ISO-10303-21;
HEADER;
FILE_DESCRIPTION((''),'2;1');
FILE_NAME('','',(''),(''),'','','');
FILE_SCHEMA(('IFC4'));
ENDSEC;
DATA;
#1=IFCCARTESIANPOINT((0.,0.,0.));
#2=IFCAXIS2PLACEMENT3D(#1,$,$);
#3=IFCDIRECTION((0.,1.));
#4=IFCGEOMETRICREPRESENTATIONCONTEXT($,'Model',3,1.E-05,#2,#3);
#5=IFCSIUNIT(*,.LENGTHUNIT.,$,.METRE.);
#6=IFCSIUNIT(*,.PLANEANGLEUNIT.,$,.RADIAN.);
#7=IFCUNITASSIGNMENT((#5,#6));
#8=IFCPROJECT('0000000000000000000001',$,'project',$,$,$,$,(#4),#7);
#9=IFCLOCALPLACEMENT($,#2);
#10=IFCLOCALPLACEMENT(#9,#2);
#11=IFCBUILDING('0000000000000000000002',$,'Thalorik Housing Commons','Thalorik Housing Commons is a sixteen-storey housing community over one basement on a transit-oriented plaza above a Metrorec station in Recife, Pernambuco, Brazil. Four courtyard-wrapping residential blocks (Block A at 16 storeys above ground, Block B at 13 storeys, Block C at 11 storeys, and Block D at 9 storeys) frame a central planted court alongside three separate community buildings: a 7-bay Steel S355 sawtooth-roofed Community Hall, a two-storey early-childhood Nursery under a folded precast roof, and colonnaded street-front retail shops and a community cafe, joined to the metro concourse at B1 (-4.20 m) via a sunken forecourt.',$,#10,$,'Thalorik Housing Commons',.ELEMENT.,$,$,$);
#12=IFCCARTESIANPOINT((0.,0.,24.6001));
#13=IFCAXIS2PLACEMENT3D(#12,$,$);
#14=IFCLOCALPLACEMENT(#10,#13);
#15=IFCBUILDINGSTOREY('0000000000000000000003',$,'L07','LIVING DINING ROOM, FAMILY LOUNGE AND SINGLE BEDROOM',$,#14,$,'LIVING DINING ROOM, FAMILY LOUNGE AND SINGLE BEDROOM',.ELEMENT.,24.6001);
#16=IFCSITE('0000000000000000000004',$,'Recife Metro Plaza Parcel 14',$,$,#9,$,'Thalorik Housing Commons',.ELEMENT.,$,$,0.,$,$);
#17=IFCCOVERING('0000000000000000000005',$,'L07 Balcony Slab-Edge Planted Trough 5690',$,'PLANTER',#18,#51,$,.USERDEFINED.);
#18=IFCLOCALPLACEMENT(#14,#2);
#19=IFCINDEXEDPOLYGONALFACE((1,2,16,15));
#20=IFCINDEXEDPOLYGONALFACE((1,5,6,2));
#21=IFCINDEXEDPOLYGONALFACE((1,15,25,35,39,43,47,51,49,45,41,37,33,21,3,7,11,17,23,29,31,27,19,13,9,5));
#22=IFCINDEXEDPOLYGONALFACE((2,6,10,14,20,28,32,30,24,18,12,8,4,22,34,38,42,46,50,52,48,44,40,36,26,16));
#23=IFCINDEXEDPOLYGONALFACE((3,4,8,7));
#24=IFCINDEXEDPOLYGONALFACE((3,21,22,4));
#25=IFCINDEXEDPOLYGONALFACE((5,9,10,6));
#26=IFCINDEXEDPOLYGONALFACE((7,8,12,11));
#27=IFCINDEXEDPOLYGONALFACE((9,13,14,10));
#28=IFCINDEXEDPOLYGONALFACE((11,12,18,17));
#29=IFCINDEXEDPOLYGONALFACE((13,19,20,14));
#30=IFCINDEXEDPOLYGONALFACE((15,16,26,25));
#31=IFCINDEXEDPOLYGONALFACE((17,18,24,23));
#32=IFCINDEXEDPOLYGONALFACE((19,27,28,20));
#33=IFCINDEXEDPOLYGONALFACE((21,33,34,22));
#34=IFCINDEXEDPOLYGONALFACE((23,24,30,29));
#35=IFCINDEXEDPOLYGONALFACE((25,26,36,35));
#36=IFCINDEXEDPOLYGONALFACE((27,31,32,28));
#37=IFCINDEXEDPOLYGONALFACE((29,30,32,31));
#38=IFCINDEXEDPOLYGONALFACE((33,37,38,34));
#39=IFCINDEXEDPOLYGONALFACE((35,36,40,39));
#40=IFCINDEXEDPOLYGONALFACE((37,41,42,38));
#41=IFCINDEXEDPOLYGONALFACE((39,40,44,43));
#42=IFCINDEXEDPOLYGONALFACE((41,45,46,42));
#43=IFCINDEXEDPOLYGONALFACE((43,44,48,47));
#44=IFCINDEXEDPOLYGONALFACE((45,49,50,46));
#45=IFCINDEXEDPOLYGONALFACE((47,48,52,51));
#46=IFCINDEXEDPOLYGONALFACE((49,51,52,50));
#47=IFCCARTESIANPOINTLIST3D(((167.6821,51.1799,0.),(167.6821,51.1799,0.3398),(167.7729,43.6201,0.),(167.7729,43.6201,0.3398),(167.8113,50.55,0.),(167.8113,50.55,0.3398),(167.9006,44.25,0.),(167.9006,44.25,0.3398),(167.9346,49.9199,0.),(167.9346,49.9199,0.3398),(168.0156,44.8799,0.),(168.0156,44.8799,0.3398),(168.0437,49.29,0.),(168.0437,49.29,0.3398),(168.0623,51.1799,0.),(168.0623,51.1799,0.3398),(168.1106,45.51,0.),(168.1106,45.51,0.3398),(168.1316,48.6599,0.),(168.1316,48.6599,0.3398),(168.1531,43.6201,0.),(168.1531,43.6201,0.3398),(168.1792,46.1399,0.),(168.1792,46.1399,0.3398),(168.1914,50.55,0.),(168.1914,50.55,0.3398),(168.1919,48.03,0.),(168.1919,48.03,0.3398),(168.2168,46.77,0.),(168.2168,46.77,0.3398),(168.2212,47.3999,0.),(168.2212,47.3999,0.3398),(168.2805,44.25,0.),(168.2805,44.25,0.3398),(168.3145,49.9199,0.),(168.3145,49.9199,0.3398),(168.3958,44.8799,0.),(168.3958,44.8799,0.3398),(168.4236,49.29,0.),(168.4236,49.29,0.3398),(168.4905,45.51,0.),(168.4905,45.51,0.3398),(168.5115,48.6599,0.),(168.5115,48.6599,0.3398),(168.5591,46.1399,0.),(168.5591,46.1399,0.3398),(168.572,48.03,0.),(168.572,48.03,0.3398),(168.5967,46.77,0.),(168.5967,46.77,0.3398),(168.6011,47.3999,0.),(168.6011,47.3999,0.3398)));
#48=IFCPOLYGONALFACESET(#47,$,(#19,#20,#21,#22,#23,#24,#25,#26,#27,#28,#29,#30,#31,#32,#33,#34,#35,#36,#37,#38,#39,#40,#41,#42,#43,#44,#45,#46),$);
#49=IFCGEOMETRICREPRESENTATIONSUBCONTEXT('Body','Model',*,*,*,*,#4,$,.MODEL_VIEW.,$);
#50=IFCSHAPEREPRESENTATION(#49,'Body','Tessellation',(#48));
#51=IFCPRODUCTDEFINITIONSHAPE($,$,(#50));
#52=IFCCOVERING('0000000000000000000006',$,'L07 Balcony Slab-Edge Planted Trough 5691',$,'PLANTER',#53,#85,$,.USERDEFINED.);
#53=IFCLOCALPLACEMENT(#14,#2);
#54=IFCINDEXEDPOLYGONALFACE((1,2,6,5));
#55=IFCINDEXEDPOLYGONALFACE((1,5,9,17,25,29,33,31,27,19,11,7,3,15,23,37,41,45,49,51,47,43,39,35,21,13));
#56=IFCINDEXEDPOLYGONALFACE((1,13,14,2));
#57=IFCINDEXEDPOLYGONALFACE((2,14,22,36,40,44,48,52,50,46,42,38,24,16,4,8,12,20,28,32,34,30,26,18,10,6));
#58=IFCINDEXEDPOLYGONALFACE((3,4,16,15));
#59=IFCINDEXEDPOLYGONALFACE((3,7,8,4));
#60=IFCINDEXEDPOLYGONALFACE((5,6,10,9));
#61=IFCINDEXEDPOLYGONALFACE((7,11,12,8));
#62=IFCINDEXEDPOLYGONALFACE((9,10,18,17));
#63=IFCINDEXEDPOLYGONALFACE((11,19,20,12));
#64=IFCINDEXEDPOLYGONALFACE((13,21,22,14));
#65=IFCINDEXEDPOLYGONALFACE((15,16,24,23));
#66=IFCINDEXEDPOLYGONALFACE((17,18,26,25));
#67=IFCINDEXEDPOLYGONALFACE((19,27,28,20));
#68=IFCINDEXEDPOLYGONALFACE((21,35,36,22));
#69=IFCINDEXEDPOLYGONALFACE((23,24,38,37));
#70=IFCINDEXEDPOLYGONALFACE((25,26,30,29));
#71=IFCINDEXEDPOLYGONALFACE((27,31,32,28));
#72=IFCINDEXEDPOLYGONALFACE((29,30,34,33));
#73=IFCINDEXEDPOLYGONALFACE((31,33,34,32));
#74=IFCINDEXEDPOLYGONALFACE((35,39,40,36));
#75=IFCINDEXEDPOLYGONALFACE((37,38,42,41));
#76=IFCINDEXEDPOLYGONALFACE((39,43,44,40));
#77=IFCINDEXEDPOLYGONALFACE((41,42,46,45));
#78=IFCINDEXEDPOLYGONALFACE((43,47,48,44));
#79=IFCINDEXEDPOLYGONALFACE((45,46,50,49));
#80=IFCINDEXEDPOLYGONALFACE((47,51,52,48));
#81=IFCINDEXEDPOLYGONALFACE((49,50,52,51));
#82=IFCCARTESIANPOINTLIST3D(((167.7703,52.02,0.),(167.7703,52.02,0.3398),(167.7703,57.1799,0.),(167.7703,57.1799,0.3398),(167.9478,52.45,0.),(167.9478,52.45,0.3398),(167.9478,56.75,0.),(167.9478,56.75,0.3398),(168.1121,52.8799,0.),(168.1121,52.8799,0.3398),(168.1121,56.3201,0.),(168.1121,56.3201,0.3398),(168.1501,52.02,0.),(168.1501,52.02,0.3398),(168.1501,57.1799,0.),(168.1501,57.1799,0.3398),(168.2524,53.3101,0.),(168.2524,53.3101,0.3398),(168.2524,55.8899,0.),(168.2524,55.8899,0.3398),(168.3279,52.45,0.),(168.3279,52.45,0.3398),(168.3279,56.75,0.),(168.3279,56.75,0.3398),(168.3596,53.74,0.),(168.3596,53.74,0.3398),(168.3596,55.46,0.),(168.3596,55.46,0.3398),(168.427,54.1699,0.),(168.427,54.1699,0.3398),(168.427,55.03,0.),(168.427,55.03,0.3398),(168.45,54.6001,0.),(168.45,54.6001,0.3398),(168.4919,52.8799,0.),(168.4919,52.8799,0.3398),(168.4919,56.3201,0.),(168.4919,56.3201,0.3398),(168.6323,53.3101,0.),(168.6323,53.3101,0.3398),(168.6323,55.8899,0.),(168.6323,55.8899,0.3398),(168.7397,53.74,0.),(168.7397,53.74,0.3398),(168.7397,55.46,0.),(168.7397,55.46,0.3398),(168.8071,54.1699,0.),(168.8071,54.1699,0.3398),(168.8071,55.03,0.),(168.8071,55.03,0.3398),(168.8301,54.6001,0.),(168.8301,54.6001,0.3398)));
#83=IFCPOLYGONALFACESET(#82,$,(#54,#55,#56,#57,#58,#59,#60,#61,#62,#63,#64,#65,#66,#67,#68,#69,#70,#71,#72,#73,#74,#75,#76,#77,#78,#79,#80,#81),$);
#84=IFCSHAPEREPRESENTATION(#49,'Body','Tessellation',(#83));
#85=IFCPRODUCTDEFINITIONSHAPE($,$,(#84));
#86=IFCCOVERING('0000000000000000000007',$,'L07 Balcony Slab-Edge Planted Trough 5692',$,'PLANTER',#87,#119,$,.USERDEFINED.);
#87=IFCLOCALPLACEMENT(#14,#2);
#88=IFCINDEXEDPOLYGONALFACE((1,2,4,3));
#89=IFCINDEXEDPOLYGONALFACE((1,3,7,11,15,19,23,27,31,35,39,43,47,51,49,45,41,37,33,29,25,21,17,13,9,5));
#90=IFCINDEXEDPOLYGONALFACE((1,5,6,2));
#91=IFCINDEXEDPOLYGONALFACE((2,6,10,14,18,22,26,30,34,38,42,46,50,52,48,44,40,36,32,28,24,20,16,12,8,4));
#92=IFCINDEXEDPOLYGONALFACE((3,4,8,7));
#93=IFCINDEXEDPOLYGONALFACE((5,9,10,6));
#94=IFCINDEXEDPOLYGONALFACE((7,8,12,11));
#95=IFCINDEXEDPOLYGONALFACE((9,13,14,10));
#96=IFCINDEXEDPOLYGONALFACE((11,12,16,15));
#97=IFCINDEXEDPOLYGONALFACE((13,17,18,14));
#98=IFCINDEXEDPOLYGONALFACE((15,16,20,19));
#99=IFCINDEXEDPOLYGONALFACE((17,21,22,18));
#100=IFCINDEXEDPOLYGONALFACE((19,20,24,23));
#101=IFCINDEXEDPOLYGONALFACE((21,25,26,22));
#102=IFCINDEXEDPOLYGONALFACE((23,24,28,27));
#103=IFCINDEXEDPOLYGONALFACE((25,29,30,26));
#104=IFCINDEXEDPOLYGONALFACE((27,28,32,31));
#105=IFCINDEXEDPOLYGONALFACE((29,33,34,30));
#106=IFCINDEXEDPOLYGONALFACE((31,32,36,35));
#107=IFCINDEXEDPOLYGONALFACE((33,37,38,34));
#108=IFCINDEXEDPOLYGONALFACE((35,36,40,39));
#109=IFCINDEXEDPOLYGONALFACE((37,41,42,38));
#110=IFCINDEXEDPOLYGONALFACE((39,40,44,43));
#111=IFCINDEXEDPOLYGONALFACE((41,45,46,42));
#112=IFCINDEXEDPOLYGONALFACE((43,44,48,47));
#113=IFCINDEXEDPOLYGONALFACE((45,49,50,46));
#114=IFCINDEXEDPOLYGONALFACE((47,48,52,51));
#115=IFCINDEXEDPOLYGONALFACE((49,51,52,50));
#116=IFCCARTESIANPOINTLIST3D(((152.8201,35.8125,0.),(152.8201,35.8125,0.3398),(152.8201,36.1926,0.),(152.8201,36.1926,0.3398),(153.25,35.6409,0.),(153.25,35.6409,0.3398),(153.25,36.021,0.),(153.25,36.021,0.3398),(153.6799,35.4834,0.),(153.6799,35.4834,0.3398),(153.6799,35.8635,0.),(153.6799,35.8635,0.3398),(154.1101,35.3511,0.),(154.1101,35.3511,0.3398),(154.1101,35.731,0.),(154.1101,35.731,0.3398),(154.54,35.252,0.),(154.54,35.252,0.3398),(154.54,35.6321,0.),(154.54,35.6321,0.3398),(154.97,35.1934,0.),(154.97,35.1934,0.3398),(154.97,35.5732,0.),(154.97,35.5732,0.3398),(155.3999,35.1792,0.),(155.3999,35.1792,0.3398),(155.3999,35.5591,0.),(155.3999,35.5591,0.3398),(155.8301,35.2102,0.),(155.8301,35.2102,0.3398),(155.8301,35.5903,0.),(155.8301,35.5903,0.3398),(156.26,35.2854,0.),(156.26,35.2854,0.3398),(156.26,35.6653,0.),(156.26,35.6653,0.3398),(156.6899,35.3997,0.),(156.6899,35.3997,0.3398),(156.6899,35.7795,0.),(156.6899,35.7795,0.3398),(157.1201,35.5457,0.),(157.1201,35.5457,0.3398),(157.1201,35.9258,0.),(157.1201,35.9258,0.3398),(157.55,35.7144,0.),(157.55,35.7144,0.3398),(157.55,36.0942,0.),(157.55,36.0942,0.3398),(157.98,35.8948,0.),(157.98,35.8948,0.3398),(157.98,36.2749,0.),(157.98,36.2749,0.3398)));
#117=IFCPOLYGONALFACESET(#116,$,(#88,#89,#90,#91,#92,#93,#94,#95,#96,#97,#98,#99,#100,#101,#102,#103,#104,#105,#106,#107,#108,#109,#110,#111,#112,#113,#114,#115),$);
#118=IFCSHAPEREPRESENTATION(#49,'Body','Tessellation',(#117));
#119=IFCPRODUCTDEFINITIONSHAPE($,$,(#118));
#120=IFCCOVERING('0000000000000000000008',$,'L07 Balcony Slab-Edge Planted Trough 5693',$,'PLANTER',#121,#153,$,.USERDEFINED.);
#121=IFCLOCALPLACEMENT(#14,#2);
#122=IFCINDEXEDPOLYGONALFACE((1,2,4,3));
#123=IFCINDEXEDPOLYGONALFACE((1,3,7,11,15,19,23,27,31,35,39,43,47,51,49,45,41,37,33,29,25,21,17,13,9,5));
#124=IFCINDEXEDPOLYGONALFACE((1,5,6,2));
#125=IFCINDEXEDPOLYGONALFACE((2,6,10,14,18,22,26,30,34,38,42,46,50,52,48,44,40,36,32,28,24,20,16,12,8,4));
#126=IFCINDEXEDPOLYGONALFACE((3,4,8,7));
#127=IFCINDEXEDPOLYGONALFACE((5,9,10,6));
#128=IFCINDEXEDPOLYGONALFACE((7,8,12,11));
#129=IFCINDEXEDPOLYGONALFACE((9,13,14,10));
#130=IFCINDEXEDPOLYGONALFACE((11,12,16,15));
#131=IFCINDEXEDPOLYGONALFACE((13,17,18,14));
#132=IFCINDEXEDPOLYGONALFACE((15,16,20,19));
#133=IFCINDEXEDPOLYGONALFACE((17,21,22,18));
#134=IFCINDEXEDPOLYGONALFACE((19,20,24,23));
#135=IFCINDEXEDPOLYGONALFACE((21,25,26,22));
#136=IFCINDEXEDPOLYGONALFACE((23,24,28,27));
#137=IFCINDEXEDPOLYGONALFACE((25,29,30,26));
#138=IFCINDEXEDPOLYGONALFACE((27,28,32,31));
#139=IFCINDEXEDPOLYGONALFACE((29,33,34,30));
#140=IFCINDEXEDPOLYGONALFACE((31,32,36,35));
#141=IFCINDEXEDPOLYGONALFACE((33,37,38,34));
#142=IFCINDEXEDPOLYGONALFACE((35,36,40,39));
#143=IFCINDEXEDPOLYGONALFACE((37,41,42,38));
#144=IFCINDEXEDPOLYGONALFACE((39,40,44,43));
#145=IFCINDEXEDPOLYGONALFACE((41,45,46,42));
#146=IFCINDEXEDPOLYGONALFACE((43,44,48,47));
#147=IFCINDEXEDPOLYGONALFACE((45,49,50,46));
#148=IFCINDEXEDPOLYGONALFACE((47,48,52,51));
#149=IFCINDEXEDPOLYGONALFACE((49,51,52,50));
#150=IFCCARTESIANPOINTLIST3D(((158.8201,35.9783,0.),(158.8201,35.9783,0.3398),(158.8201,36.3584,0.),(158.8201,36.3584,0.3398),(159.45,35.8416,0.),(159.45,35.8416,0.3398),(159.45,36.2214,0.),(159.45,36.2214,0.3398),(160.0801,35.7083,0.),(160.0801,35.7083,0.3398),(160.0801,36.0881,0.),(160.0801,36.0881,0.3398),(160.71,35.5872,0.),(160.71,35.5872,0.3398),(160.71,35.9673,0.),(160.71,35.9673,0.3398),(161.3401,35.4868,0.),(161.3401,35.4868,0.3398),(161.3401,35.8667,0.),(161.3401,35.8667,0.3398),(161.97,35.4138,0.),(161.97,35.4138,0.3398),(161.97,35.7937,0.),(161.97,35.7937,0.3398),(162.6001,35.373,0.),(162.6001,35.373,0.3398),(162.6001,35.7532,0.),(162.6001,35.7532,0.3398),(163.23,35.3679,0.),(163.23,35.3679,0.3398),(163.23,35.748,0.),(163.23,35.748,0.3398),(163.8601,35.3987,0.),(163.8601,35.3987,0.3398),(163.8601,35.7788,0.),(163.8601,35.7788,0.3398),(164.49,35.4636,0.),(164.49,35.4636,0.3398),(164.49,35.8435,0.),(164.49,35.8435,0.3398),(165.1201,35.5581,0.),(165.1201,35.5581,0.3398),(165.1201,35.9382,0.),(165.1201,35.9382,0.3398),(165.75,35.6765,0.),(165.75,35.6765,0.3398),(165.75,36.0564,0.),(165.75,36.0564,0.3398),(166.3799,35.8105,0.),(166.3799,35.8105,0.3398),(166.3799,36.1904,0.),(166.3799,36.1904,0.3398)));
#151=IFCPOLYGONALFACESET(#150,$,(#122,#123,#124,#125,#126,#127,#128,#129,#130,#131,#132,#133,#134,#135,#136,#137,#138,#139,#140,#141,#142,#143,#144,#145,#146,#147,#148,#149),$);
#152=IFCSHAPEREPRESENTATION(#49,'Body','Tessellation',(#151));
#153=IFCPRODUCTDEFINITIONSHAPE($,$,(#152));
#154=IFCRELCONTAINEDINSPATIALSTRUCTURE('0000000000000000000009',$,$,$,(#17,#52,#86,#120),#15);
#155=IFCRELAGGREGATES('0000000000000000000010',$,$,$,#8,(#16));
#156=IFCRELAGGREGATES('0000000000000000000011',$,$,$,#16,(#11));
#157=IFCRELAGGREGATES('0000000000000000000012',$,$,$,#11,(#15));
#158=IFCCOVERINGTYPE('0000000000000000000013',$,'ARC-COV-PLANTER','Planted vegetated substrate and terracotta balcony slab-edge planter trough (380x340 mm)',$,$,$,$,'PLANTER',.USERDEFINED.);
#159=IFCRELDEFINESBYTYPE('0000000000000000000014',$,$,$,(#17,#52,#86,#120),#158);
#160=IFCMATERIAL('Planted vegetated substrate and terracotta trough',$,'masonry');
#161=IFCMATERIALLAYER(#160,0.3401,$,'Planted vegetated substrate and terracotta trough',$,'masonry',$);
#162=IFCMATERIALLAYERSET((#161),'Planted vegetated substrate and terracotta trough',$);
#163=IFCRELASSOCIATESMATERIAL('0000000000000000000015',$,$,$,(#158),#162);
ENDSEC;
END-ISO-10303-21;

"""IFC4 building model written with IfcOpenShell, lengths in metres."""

from ifc_helpers import new_model, si_unit, direction, frame, origin, place, context, subcontext, project, spatial, polyline, outline, extrude, material, layer, layer_set, type_object, element, save


model = new_model("IFC4")

# Units and contexts
model_context = context("Model", 3, precision=1e-05, world=origin(), true_north=direction((0.0, 1.0)))
body_context = subcontext(model_context, "Body", "Model", "MODEL_VIEW")
ifc_project = project(units=[si_unit("LENGTHUNIT", "METRE"), si_unit("PLANEANGLEUNIT", "RADIAN")], contexts=[model_context])

# Site, building, storey
site_placement = place(None, origin())
site = spatial("IfcSite", under=ifc_project, at=site_placement, Name="Recife Metro Plaza Parcel 14", LongName="Thalorik Housing Commons", CompositionType="ELEMENT", RefElevation=0.0)
building_placement = place(site_placement, origin())
building = spatial("IfcBuilding", under=site, at=building_placement, Name="Thalorik Housing Commons", Description="Thalorik Housing Commons is a sixteen-storey housing community over one basement on a transit-oriented plaza above a Metrorec station in Recife, Pernambuco, Brazil. Four courtyard-wrapping residential blocks (Block A at 16 storeys above ground, Block B at 13 storeys, Block C at 11 storeys, and Block D at 9 storeys) frame a central planted court alongside three separate community buildings: a 7-bay Steel S355 sawtooth-roofed Community Hall, a two-storey early-childhood Nursery under a folded precast roof, and colonnaded street-front retail shops and a community cafe, joined to the metro concourse at B1 (-4.20 m) via a sunken forecourt.", LongName="Thalorik Housing Commons", CompositionType="ELEMENT")
storey_placement = place(building_placement, frame((0.0, 0.0, 24.6001)))
storey = spatial("IfcBuildingStorey", under=building, at=storey_placement, Name="L07", Description="LIVING DINING ROOM, FAMILY LOUNGE AND SINGLE BEDROOM", LongName="LIVING DINING ROOM, FAMILY LOUNGE AND SINGLE BEDROOM", CompositionType="ELEMENT", Elevation=24.6001)

# Coverings
ifc_material = material(Name="Planted vegetated substrate and terracotta trough", Category="masonry")
ifc_layer = layer(ifc_material, 0.3401, Name="Planted vegetated substrate and terracotta trough", Category="masonry")
ifc_layer_set = layer_set([ifc_layer], Name="Planted vegetated substrate and terracotta trough")
covering_type = type_object("IfcCoveringType", Name="ARC-COV-PLANTER", Description="Planted vegetated substrate and terracotta balcony slab-edge planter trough (380x340 mm)", ElementType="PLANTER", PredefinedType="USERDEFINED", material=ifc_layer_set)
covering_1_placement = place(storey_placement, origin())
element("IfcCovering", 1, at=covering_1_placement, inside=storey, type_object=covering_type, Name="L07 Balcony Slab-Edge Planted Trough 5690", ObjectType="PLANTER", PredefinedType="USERDEFINED", context=body_context, shape_type="SweptSolid", body=[
    extrude(outline(polyline([(168.1531, 43.6201), (168.2805, 44.25), (168.3958, 44.8799), (168.4905, 45.51), (168.5591, 46.1399), (168.5967, 46.77), (168.6011, 47.3999), (168.572, 48.03), (168.5115, 48.6599), (168.4236, 49.29), (168.3145, 49.9199), (168.1914, 50.55), (168.0623, 51.1799), (167.6821, 51.1799), (167.8113, 50.55), (167.9346, 49.9199), (168.0437, 49.29), (168.1316, 48.6599), (168.1919, 48.03), (168.2212, 47.3999), (168.2168, 46.77), (168.1792, 46.1399), (168.1106, 45.51), (168.0156, 44.8799), (167.9006, 44.25), (167.7729, 43.6201), (168.1531, 43.6201)])), origin(), (0.0, 0.0, 1.0), 0.3398),
])
covering_2_placement = place(storey_placement, origin())
element("IfcCovering", 2, at=covering_2_placement, inside=storey, type_object=covering_type, Name="L07 Balcony Slab-Edge Planted Trough 5691", ObjectType="PLANTER", PredefinedType="USERDEFINED", context=body_context, shape_type="SweptSolid", body=[
    extrude(outline(polyline([(168.1501, 52.02), (168.3279, 52.45), (168.4919, 52.8799), (168.6323, 53.3101), (168.7397, 53.74), (168.8071, 54.1699), (168.8301, 54.6001), (168.8071, 55.03), (168.7397, 55.46), (168.6323, 55.8899), (168.4919, 56.3201), (168.3279, 56.75), (168.1501, 57.1799), (167.7703, 57.1799), (167.9478, 56.75), (168.1121, 56.3201), (168.2524, 55.8899), (168.3596, 55.46), (168.427, 55.03), (168.45, 54.6001), (168.427, 54.1699), (168.3596, 53.74), (168.2524, 53.3101), (168.1121, 52.8799), (167.9478, 52.45), (167.7703, 52.02), (168.1501, 52.02)])), origin(), (0.0, 0.0, 1.0), 0.3398),
])
covering_3_placement = place(storey_placement, origin())
element("IfcCovering", 3, at=covering_3_placement, inside=storey, type_object=covering_type, Name="L07 Balcony Slab-Edge Planted Trough 5692", ObjectType="PLANTER", PredefinedType="USERDEFINED", context=body_context, shape_type="SweptSolid", body=[
    extrude(outline(polyline([(152.8201, 35.8125), (153.25, 35.6409), (153.6799, 35.4834), (154.1101, 35.3511), (154.54, 35.252), (154.97, 35.1934), (155.3999, 35.1792), (155.8301, 35.2102), (156.26, 35.2854), (156.6899, 35.3997), (157.1201, 35.5457), (157.55, 35.7144), (157.98, 35.8948), (157.98, 36.2749), (157.55, 36.0942), (157.1201, 35.9258), (156.6899, 35.7795), (156.26, 35.6653), (155.8301, 35.5903), (155.3999, 35.5591), (154.97, 35.5732), (154.54, 35.6321), (154.1101, 35.731), (153.6799, 35.8635), (153.25, 36.021), (152.8201, 36.1926), (152.8201, 35.8125)])), origin(), (0.0, 0.0, 1.0), 0.3398),
])
covering_4_placement = place(storey_placement, origin())
element("IfcCovering", 4, at=covering_4_placement, inside=storey, type_object=covering_type, Name="L07 Balcony Slab-Edge Planted Trough 5693", ObjectType="PLANTER", PredefinedType="USERDEFINED", context=body_context, shape_type="SweptSolid", body=[
    extrude(outline(polyline([(158.8201, 35.9783), (159.45, 35.8416), (160.0801, 35.7083), (160.71, 35.5872), (161.3401, 35.4868), (161.97, 35.4138), (162.6001, 35.373), (163.23, 35.3679), (163.8601, 35.3987), (164.49, 35.4636), (165.1201, 35.5581), (165.75, 35.6765), (166.3799, 35.8105), (166.3799, 36.1904), (165.75, 36.0564), (165.1201, 35.9382), (164.49, 35.8435), (163.8601, 35.7788), (163.23, 35.748), (162.6001, 35.7532), (161.97, 35.7937), (161.3401, 35.8667), (160.71, 35.9673), (160.0801, 36.0881), (159.45, 36.2214), (158.8201, 36.3584), (158.8201, 35.9783)])), origin(), (0.0, 0.0, 1.0), 0.3398),
])

save(model, "model.ifc")
